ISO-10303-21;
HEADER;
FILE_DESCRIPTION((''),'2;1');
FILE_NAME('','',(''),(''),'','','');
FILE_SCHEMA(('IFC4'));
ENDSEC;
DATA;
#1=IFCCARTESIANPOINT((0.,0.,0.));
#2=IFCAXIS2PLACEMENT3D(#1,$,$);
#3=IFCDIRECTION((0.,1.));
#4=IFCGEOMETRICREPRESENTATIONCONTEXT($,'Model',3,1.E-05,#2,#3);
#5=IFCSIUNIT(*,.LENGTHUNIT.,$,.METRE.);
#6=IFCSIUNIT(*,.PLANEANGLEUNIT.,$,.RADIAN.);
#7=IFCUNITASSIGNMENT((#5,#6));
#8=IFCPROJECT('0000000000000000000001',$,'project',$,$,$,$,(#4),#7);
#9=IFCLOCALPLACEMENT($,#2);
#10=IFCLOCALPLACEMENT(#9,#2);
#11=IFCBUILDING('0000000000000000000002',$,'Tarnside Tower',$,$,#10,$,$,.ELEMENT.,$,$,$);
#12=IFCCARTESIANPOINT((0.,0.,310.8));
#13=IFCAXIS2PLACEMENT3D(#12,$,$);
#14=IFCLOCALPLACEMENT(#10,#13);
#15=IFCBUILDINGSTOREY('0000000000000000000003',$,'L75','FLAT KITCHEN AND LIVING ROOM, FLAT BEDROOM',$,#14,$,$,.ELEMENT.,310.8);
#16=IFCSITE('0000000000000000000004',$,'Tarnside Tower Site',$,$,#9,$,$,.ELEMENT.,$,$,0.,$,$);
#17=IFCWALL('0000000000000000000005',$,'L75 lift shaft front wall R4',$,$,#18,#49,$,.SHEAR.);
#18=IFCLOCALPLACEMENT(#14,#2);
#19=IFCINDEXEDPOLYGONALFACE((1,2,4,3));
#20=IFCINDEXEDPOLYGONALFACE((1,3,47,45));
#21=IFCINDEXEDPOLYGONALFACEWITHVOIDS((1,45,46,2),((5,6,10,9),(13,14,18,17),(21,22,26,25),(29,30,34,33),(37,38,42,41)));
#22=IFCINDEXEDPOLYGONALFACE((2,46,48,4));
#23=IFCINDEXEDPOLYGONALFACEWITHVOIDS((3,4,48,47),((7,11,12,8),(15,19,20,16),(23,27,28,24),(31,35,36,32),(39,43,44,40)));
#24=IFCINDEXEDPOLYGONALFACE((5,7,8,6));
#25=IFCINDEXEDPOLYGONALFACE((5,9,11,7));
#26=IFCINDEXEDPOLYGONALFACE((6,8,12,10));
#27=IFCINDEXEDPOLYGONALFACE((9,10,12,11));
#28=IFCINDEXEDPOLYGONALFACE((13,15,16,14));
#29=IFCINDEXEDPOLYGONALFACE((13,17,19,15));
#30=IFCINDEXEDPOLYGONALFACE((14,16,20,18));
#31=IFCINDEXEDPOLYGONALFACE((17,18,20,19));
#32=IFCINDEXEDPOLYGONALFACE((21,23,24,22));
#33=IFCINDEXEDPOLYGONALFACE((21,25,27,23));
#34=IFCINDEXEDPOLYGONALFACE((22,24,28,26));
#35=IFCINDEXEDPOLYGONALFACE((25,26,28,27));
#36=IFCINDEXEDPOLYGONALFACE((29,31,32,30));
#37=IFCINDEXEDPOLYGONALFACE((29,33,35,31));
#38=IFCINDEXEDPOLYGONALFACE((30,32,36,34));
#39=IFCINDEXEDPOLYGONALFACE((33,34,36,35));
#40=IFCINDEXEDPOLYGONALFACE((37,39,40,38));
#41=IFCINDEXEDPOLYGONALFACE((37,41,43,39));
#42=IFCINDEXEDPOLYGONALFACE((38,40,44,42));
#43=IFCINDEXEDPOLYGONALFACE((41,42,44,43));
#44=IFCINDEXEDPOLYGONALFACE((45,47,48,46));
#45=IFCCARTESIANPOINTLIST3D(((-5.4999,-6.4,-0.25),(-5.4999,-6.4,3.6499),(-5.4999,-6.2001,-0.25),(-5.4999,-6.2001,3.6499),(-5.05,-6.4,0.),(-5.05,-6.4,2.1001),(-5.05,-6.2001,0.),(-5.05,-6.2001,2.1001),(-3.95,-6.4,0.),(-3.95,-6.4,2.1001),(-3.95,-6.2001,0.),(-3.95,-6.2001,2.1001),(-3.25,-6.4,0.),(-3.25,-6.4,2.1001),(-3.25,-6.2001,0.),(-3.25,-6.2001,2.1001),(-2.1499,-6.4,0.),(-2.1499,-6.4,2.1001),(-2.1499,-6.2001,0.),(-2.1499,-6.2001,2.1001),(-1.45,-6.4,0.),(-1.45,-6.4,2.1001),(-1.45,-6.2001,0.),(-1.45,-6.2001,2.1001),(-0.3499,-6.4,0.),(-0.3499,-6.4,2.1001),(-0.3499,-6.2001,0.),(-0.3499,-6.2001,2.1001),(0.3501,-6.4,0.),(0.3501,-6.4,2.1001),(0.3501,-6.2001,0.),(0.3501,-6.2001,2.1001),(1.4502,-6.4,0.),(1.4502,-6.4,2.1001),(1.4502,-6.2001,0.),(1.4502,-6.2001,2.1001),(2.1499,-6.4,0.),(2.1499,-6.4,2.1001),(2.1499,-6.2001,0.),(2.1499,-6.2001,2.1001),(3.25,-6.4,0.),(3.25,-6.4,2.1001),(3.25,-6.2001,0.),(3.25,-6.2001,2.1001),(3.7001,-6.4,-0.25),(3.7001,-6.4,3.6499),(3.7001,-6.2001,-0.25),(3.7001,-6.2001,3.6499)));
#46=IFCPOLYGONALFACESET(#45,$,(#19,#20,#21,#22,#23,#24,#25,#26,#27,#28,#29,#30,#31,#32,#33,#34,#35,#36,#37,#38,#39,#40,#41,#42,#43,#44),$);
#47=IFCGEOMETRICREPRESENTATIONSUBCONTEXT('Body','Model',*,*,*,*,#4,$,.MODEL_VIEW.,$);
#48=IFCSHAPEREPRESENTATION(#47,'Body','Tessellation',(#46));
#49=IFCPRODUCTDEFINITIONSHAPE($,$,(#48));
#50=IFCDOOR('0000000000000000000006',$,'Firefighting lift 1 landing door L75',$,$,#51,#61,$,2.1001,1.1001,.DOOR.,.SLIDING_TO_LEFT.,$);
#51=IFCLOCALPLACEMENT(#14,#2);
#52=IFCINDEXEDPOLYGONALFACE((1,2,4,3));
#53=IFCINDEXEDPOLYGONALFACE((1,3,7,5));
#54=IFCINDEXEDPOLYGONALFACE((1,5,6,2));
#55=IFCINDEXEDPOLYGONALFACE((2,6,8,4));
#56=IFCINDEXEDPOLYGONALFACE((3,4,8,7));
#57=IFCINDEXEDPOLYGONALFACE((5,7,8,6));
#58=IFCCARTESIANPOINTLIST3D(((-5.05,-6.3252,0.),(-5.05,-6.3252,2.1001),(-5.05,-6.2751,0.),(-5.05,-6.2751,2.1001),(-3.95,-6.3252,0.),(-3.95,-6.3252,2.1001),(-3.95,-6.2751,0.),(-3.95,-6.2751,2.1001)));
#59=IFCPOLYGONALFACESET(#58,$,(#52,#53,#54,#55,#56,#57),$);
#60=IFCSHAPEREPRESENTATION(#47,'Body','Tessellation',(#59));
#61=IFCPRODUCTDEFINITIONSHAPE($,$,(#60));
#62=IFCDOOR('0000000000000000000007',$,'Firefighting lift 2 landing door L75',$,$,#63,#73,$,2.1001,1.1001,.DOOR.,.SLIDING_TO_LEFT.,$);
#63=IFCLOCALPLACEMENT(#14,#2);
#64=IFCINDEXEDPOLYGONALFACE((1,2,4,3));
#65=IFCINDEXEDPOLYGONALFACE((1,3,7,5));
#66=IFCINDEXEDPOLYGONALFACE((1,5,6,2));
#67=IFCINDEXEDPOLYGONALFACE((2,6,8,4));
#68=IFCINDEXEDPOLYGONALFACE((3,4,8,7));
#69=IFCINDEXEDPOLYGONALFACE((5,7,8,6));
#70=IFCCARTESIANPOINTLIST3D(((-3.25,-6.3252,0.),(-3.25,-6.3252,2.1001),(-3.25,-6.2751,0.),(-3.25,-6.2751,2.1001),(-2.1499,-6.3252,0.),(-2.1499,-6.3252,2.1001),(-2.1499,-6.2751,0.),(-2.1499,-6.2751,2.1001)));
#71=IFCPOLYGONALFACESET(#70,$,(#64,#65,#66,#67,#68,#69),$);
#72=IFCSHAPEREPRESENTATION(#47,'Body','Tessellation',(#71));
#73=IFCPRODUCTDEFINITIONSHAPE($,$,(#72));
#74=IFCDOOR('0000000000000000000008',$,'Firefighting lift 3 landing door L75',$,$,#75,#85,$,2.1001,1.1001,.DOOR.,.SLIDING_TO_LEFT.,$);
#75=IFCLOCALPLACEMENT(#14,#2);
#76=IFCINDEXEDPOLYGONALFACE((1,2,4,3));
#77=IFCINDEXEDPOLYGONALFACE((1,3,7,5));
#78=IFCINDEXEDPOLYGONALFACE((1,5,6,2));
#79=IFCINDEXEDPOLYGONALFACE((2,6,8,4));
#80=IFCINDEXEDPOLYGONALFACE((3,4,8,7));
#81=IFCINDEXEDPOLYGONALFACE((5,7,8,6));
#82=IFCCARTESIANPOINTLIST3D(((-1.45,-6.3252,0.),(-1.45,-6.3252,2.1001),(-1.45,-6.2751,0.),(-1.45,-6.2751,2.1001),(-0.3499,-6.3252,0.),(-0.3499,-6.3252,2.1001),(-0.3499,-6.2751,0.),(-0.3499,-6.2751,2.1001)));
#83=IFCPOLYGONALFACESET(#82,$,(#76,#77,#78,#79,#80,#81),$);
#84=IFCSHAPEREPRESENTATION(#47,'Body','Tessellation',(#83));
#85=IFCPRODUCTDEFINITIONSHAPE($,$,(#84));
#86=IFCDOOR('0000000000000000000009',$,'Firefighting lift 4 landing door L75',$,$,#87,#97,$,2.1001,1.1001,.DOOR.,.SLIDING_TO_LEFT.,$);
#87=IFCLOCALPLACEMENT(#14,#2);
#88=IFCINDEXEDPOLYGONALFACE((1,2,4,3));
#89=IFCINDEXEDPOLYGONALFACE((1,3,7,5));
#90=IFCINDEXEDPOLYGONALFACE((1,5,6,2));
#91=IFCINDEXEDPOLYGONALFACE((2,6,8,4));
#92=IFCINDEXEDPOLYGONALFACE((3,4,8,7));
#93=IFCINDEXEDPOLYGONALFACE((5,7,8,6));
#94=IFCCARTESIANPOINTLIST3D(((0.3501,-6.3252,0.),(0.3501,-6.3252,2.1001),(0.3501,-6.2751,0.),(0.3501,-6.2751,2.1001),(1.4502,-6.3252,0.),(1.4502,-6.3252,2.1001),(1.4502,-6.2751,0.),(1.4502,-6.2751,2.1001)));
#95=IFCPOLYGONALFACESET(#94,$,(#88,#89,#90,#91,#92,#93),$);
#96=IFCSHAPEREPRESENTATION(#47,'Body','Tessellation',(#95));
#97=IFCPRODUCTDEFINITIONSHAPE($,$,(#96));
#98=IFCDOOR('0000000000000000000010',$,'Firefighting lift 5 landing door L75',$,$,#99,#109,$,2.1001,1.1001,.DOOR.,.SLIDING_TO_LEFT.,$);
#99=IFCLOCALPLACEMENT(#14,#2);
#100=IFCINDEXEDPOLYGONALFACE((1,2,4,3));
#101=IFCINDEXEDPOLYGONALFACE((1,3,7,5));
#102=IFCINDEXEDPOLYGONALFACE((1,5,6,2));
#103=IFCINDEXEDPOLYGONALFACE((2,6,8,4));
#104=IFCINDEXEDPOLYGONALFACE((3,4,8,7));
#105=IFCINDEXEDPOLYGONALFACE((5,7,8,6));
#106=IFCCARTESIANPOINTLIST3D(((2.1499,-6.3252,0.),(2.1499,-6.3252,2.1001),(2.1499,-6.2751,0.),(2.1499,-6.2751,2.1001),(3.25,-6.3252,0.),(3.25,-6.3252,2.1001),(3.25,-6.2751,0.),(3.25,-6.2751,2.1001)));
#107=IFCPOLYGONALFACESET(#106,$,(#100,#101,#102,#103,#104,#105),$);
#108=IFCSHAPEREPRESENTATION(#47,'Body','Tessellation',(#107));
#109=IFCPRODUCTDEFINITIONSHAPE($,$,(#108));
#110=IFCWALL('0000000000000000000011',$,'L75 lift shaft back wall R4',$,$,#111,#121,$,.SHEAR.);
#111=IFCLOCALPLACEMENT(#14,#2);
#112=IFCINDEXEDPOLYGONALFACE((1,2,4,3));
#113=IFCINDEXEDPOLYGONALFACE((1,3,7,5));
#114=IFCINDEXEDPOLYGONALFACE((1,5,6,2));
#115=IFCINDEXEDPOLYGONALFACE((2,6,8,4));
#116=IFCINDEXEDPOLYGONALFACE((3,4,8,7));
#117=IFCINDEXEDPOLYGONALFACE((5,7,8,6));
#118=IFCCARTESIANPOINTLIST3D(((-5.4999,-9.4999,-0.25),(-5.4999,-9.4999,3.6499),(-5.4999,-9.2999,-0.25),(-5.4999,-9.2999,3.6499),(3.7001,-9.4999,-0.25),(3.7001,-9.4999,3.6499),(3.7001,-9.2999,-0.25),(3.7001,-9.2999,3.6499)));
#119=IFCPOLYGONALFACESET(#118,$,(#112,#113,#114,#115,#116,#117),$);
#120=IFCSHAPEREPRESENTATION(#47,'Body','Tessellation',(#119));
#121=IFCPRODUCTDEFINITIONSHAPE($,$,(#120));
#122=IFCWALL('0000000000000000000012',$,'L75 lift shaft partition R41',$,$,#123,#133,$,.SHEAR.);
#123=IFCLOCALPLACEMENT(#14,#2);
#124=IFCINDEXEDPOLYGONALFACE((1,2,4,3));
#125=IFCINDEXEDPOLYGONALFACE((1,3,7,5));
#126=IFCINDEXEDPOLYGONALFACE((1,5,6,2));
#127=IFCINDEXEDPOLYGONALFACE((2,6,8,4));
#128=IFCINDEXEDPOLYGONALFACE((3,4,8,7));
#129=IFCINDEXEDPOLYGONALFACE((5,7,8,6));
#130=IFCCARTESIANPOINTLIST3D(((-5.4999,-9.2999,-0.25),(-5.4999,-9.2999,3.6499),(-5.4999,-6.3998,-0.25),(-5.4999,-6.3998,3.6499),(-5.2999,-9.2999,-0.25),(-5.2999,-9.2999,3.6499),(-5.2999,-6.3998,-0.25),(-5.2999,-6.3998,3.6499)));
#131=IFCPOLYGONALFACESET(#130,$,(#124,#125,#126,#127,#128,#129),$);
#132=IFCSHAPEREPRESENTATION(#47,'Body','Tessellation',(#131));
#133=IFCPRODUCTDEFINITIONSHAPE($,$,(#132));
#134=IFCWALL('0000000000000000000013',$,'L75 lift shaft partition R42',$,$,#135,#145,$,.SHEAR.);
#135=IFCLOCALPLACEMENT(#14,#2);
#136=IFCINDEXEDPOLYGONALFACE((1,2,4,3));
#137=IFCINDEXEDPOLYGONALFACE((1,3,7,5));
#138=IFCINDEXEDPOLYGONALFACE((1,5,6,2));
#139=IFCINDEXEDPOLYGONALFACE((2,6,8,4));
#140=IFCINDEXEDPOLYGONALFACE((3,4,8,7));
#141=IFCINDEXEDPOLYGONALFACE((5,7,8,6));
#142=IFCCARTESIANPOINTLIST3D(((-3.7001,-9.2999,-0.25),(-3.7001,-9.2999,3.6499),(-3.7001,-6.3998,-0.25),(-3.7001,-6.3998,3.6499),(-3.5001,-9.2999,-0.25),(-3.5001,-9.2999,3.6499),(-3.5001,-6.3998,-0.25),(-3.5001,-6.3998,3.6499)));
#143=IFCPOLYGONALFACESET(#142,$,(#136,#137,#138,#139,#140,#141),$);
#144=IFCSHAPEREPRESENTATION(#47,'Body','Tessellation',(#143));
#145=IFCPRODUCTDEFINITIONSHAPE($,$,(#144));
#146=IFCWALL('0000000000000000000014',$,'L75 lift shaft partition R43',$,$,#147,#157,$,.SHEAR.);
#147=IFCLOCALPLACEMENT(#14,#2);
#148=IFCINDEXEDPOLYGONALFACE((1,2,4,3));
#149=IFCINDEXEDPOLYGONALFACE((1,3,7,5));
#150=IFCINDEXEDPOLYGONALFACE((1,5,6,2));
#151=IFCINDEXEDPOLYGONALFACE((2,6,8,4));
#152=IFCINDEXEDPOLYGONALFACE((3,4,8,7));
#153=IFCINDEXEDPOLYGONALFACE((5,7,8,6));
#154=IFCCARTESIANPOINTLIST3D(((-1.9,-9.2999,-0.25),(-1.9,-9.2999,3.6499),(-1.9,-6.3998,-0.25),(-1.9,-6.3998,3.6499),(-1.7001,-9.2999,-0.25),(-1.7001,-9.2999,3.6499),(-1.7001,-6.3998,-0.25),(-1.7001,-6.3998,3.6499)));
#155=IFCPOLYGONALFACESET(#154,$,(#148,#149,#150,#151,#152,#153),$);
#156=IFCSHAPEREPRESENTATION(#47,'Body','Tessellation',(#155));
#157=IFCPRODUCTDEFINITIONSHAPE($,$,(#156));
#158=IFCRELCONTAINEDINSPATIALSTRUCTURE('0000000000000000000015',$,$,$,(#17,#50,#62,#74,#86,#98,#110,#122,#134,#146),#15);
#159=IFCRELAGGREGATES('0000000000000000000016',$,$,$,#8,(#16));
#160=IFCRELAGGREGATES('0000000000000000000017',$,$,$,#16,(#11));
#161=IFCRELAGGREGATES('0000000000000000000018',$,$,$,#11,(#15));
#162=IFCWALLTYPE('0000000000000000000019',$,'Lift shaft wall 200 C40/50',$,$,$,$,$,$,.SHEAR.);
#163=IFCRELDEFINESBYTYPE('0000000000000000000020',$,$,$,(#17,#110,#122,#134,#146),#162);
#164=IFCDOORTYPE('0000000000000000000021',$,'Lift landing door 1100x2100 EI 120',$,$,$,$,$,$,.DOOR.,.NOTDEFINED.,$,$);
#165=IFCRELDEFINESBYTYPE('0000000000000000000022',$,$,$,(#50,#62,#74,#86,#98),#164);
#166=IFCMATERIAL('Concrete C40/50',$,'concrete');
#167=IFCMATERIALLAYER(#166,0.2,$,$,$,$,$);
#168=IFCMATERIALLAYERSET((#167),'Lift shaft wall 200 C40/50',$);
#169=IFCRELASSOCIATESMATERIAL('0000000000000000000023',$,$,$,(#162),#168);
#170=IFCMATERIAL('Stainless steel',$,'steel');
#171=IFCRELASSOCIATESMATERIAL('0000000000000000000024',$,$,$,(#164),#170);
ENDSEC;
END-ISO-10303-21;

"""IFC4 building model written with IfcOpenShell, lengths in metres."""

from ifc_helpers import new_model, si_unit, direction, frame, frame_2d, origin, place, context, subcontext, project, spatial, rectangle, extrude, material, layer, layer_set, type_object, element, fill, save


model = new_model("IFC4")

# Units and contexts
model_context = context("Model", 3, precision=1e-05, world=origin(), true_north=direction((0.0, 1.0)))
body_context = subcontext(model_context, "Body", "Model", "MODEL_VIEW")
ifc_project = project(units=[si_unit("LENGTHUNIT", "METRE"), si_unit("PLANEANGLEUNIT", "RADIAN")], contexts=[model_context])

# Site, building, storey
site_placement = place(None, origin())
site = spatial("IfcSite", under=ifc_project, at=site_placement, Name="Tarnside Tower Site", CompositionType="ELEMENT", RefElevation=0.0)
building_placement = place(site_placement, origin())
building = spatial("IfcBuilding", under=site, at=building_placement, Name="Tarnside Tower", CompositionType="ELEMENT")
storey_placement = place(building_placement, frame((0.0, 0.0, 310.8)))
storey = spatial("IfcBuildingStorey", under=building, at=storey_placement, Name="L75", Description="FLAT KITCHEN AND LIVING ROOM, FLAT BEDROOM", CompositionType="ELEMENT", Elevation=310.8)

# Shared definitions
ifc_material_1 = material(Name="Concrete C40/50", Category="concrete")

# Wall, openings, doors
ifc_layer_1 = layer(ifc_material_1, 0.2)
ifc_layer_set_1 = layer_set([ifc_layer_1], Name="Lift shaft wall 200 C40/50")
wall_type_1 = type_object("IfcWallType", Name="Lift shaft wall 200 C40/50", PredefinedType="SHEAR", material=ifc_layer_set_1)
wall_1_placement = place(storey_placement, frame((-5.5, -6.3, -0.25), z_axis=(0.0, 0.0, 1.0), x_axis=(1.0, 0.0, 0.0)))
wall_1 = element("IfcWall", 1, at=wall_1_placement, inside=storey, type_object=wall_type_1, Name="L75 lift shaft front wall R4", PredefinedType="SHEAR", context=body_context, shape_type="SweptSolid", body=[
    extrude(rectangle(XDim=9.2, YDim=0.2, at=frame_2d((4.6001, 0.0))), origin(), (0.0, 0.0, 1.0), 3.8999),
])
opening_1_placement = place(wall_1_placement, frame((0.45, 0.0, 0.25)))
opening_1 = element("IfcOpeningElement", 2, at=opening_1_placement, cuts=wall_1, PredefinedType="OPENING", context=body_context, shape_type="SweptSolid", body=[
    extrude(rectangle(XDim=1.1001, YDim=2.1001, at=frame_2d((0.55, 1.05))), frame((0.0, 0.1099, 0.0), z_axis=(0.0, -1.0, 0.0), x_axis=(1.0, 0.0, 0.0)), (0.0, 0.0, 1.0), 0.22),
])
opening_2_placement = place(wall_1_placement, frame((2.25, 0.0, 0.25)))
opening_2 = element("IfcOpeningElement", 3, at=opening_2_placement, cuts=wall_1, PredefinedType="OPENING", context=body_context, shape_type="SweptSolid", body=[
    extrude(rectangle(XDim=1.1001, YDim=2.1001, at=frame_2d((0.55, 1.05))), frame((0.0, 0.1099, 0.0), z_axis=(0.0, -1.0, 0.0), x_axis=(1.0, 0.0, 0.0)), (0.0, 0.0, 1.0), 0.22),
])
opening_3_placement = place(wall_1_placement, frame((4.05, 0.0, 0.25)))
opening_3 = element("IfcOpeningElement", 4, at=opening_3_placement, cuts=wall_1, PredefinedType="OPENING", context=body_context, shape_type="SweptSolid", body=[
    extrude(rectangle(XDim=1.1001, YDim=2.1001, at=frame_2d((0.55, 1.05))), frame((0.0, 0.1099, 0.0), z_axis=(0.0, -1.0, 0.0), x_axis=(1.0, 0.0, 0.0)), (0.0, 0.0, 1.0), 0.22),
])
opening_4_placement = place(wall_1_placement, frame((5.8501, 0.0, 0.25)))
opening_4 = element("IfcOpeningElement", 5, at=opening_4_placement, cuts=wall_1, PredefinedType="OPENING", context=body_context, shape_type="SweptSolid", body=[
    extrude(rectangle(XDim=1.1001, YDim=2.1001, at=frame_2d((0.55, 1.05))), frame((0.0, 0.1099, 0.0), z_axis=(0.0, -1.0, 0.0), x_axis=(1.0, 0.0, 0.0)), (0.0, 0.0, 1.0), 0.22),
])
opening_5_placement = place(wall_1_placement, frame((7.6499, 0.0, 0.25)))
opening_5 = element("IfcOpeningElement", 6, at=opening_5_placement, cuts=wall_1, PredefinedType="OPENING", context=body_context, shape_type="SweptSolid", body=[
    extrude(rectangle(XDim=1.1001, YDim=2.1001, at=frame_2d((0.55, 1.05))), frame((0.0, 0.1099, 0.0), z_axis=(0.0, -1.0, 0.0), x_axis=(1.0, 0.0, 0.0)), (0.0, 0.0, 1.0), 0.22),
])
ifc_material_2 = material(Name="Stainless steel", Category="steel")
door_type_1 = type_object("IfcDoorType", Name="Lift landing door 1100x2100 EI 120", OperationType="NOTDEFINED", PredefinedType="DOOR", material=ifc_material_2)
door_1_placement = place(opening_1_placement, origin())
door_1 = element("IfcDoor", 7, at=door_1_placement, inside=storey, type_object=door_type_1, Name="Firefighting lift 1 landing door L75", OperationType="SLIDING_TO_LEFT", OverallHeight=2.1001, OverallWidth=1.1001, PredefinedType="DOOR", context=body_context, shape_type="SweptSolid", body=[
    extrude(rectangle(XDim=1.1001, YDim=2.1001, at=frame_2d((0.55, 1.05))), frame((0.0, 0.0249, 0.0), z_axis=(0.0, -1.0, 0.0), x_axis=(1.0, 0.0, 0.0)), (0.0, 0.0, 1.0), 0.05),
])
fill(opening_1, door_1)
door_2_placement = place(opening_2_placement, origin())
door_2 = element("IfcDoor", 8, at=door_2_placement, inside=storey, type_object=door_type_1, Name="Firefighting lift 2 landing door L75", OperationType="SLIDING_TO_LEFT", OverallHeight=2.1001, OverallWidth=1.1001, PredefinedType="DOOR", context=body_context, shape_type="SweptSolid", body=[
    extrude(rectangle(XDim=1.1001, YDim=2.1001, at=frame_2d((0.55, 1.05))), frame((0.0, 0.0249, 0.0), z_axis=(0.0, -1.0, 0.0), x_axis=(1.0, 0.0, 0.0)), (0.0, 0.0, 1.0), 0.05),
])
fill(opening_2, door_2)
door_3_placement = place(opening_3_placement, origin())
door_3 = element("IfcDoor", 9, at=door_3_placement, inside=storey, type_object=door_type_1, Name="Firefighting lift 3 landing door L75", OperationType="SLIDING_TO_LEFT", OverallHeight=2.1001, OverallWidth=1.1001, PredefinedType="DOOR", context=body_context, shape_type="SweptSolid", body=[
    extrude(rectangle(XDim=1.1001, YDim=2.1001, at=frame_2d((0.55, 1.05))), frame((0.0, 0.0249, 0.0), z_axis=(0.0, -1.0, 0.0), x_axis=(1.0, 0.0, 0.0)), (0.0, 0.0, 1.0), 0.05),
])
fill(opening_3, door_3)
door_4_placement = place(opening_4_placement, origin())
door_4 = element("IfcDoor", 10, at=door_4_placement, inside=storey, type_object=door_type_1, Name="Firefighting lift 4 landing door L75", OperationType="SLIDING_TO_LEFT", OverallHeight=2.1001, OverallWidth=1.1001, PredefinedType="DOOR", context=body_context, shape_type="SweptSolid", body=[
    extrude(rectangle(XDim=1.1001, YDim=2.1001, at=frame_2d((0.55, 1.05))), frame((0.0, 0.0249, 0.0), z_axis=(0.0, -1.0, 0.0), x_axis=(1.0, 0.0, 0.0)), (0.0, 0.0, 1.0), 0.05),
])
fill(opening_4, door_4)
door_5_placement = place(opening_5_placement, origin())
door_5 = element("IfcDoor", 11, at=door_5_placement, inside=storey, type_object=door_type_1, Name="Firefighting lift 5 landing door L75", OperationType="SLIDING_TO_LEFT", OverallHeight=2.1001, OverallWidth=1.1001, PredefinedType="DOOR", context=body_context, shape_type="SweptSolid", body=[
    extrude(rectangle(XDim=1.1001, YDim=2.1001, at=frame_2d((0.55, 1.05))), frame((0.0, 0.0249, 0.0), z_axis=(0.0, -1.0, 0.0), x_axis=(1.0, 0.0, 0.0)), (0.0, 0.0, 1.0), 0.05),
])
fill(opening_5, door_5)

# Walls
wall_2_placement = place(storey_placement, frame((-5.5, -9.3999, -0.25), z_axis=(0.0, 0.0, 1.0), x_axis=(1.0, 0.0, 0.0)))
element("IfcWall", 12, at=wall_2_placement, inside=storey, type_object=wall_type_1, Name="L75 lift shaft back wall R4", PredefinedType="SHEAR", context=body_context, shape_type="SweptSolid", body=[
    extrude(rectangle(XDim=9.2, YDim=0.2, at=frame_2d((4.6001, 0.0))), origin(), (0.0, 0.0, 1.0), 3.8999),
])
for number, where, z_axis, x_axis, name in (
    (13, (-5.3999, -9.3, -0.25), (0.0, 0.0, 1.0), (0.0, 1.0, 0.0), "L75 lift shaft partition R41"),
    (14, (-3.6001, -9.3, -0.25), (0.0, 0.0, 1.0), (0.0, 1.0, 0.0), "L75 lift shaft partition R42"),
    (15, (-1.8, -9.3, -0.25), (0.0, 0.0, 1.0), (0.0, 1.0, 0.0), "L75 lift shaft partition R43"),
):
    element("IfcWall", number, at=place(storey_placement, frame(where, z_axis=z_axis, x_axis=x_axis)), inside=storey, type_object=wall_type_1, Name=name, PredefinedType="SHEAR", context=body_context, shape_type="SweptSolid", body=[
        extrude(rectangle(XDim=2.9001, YDim=0.2, at=frame_2d((1.4502, 0.0))), origin(), (0.0, 0.0, 1.0), 3.8999),
    ])

save(model, "model.ifc")
